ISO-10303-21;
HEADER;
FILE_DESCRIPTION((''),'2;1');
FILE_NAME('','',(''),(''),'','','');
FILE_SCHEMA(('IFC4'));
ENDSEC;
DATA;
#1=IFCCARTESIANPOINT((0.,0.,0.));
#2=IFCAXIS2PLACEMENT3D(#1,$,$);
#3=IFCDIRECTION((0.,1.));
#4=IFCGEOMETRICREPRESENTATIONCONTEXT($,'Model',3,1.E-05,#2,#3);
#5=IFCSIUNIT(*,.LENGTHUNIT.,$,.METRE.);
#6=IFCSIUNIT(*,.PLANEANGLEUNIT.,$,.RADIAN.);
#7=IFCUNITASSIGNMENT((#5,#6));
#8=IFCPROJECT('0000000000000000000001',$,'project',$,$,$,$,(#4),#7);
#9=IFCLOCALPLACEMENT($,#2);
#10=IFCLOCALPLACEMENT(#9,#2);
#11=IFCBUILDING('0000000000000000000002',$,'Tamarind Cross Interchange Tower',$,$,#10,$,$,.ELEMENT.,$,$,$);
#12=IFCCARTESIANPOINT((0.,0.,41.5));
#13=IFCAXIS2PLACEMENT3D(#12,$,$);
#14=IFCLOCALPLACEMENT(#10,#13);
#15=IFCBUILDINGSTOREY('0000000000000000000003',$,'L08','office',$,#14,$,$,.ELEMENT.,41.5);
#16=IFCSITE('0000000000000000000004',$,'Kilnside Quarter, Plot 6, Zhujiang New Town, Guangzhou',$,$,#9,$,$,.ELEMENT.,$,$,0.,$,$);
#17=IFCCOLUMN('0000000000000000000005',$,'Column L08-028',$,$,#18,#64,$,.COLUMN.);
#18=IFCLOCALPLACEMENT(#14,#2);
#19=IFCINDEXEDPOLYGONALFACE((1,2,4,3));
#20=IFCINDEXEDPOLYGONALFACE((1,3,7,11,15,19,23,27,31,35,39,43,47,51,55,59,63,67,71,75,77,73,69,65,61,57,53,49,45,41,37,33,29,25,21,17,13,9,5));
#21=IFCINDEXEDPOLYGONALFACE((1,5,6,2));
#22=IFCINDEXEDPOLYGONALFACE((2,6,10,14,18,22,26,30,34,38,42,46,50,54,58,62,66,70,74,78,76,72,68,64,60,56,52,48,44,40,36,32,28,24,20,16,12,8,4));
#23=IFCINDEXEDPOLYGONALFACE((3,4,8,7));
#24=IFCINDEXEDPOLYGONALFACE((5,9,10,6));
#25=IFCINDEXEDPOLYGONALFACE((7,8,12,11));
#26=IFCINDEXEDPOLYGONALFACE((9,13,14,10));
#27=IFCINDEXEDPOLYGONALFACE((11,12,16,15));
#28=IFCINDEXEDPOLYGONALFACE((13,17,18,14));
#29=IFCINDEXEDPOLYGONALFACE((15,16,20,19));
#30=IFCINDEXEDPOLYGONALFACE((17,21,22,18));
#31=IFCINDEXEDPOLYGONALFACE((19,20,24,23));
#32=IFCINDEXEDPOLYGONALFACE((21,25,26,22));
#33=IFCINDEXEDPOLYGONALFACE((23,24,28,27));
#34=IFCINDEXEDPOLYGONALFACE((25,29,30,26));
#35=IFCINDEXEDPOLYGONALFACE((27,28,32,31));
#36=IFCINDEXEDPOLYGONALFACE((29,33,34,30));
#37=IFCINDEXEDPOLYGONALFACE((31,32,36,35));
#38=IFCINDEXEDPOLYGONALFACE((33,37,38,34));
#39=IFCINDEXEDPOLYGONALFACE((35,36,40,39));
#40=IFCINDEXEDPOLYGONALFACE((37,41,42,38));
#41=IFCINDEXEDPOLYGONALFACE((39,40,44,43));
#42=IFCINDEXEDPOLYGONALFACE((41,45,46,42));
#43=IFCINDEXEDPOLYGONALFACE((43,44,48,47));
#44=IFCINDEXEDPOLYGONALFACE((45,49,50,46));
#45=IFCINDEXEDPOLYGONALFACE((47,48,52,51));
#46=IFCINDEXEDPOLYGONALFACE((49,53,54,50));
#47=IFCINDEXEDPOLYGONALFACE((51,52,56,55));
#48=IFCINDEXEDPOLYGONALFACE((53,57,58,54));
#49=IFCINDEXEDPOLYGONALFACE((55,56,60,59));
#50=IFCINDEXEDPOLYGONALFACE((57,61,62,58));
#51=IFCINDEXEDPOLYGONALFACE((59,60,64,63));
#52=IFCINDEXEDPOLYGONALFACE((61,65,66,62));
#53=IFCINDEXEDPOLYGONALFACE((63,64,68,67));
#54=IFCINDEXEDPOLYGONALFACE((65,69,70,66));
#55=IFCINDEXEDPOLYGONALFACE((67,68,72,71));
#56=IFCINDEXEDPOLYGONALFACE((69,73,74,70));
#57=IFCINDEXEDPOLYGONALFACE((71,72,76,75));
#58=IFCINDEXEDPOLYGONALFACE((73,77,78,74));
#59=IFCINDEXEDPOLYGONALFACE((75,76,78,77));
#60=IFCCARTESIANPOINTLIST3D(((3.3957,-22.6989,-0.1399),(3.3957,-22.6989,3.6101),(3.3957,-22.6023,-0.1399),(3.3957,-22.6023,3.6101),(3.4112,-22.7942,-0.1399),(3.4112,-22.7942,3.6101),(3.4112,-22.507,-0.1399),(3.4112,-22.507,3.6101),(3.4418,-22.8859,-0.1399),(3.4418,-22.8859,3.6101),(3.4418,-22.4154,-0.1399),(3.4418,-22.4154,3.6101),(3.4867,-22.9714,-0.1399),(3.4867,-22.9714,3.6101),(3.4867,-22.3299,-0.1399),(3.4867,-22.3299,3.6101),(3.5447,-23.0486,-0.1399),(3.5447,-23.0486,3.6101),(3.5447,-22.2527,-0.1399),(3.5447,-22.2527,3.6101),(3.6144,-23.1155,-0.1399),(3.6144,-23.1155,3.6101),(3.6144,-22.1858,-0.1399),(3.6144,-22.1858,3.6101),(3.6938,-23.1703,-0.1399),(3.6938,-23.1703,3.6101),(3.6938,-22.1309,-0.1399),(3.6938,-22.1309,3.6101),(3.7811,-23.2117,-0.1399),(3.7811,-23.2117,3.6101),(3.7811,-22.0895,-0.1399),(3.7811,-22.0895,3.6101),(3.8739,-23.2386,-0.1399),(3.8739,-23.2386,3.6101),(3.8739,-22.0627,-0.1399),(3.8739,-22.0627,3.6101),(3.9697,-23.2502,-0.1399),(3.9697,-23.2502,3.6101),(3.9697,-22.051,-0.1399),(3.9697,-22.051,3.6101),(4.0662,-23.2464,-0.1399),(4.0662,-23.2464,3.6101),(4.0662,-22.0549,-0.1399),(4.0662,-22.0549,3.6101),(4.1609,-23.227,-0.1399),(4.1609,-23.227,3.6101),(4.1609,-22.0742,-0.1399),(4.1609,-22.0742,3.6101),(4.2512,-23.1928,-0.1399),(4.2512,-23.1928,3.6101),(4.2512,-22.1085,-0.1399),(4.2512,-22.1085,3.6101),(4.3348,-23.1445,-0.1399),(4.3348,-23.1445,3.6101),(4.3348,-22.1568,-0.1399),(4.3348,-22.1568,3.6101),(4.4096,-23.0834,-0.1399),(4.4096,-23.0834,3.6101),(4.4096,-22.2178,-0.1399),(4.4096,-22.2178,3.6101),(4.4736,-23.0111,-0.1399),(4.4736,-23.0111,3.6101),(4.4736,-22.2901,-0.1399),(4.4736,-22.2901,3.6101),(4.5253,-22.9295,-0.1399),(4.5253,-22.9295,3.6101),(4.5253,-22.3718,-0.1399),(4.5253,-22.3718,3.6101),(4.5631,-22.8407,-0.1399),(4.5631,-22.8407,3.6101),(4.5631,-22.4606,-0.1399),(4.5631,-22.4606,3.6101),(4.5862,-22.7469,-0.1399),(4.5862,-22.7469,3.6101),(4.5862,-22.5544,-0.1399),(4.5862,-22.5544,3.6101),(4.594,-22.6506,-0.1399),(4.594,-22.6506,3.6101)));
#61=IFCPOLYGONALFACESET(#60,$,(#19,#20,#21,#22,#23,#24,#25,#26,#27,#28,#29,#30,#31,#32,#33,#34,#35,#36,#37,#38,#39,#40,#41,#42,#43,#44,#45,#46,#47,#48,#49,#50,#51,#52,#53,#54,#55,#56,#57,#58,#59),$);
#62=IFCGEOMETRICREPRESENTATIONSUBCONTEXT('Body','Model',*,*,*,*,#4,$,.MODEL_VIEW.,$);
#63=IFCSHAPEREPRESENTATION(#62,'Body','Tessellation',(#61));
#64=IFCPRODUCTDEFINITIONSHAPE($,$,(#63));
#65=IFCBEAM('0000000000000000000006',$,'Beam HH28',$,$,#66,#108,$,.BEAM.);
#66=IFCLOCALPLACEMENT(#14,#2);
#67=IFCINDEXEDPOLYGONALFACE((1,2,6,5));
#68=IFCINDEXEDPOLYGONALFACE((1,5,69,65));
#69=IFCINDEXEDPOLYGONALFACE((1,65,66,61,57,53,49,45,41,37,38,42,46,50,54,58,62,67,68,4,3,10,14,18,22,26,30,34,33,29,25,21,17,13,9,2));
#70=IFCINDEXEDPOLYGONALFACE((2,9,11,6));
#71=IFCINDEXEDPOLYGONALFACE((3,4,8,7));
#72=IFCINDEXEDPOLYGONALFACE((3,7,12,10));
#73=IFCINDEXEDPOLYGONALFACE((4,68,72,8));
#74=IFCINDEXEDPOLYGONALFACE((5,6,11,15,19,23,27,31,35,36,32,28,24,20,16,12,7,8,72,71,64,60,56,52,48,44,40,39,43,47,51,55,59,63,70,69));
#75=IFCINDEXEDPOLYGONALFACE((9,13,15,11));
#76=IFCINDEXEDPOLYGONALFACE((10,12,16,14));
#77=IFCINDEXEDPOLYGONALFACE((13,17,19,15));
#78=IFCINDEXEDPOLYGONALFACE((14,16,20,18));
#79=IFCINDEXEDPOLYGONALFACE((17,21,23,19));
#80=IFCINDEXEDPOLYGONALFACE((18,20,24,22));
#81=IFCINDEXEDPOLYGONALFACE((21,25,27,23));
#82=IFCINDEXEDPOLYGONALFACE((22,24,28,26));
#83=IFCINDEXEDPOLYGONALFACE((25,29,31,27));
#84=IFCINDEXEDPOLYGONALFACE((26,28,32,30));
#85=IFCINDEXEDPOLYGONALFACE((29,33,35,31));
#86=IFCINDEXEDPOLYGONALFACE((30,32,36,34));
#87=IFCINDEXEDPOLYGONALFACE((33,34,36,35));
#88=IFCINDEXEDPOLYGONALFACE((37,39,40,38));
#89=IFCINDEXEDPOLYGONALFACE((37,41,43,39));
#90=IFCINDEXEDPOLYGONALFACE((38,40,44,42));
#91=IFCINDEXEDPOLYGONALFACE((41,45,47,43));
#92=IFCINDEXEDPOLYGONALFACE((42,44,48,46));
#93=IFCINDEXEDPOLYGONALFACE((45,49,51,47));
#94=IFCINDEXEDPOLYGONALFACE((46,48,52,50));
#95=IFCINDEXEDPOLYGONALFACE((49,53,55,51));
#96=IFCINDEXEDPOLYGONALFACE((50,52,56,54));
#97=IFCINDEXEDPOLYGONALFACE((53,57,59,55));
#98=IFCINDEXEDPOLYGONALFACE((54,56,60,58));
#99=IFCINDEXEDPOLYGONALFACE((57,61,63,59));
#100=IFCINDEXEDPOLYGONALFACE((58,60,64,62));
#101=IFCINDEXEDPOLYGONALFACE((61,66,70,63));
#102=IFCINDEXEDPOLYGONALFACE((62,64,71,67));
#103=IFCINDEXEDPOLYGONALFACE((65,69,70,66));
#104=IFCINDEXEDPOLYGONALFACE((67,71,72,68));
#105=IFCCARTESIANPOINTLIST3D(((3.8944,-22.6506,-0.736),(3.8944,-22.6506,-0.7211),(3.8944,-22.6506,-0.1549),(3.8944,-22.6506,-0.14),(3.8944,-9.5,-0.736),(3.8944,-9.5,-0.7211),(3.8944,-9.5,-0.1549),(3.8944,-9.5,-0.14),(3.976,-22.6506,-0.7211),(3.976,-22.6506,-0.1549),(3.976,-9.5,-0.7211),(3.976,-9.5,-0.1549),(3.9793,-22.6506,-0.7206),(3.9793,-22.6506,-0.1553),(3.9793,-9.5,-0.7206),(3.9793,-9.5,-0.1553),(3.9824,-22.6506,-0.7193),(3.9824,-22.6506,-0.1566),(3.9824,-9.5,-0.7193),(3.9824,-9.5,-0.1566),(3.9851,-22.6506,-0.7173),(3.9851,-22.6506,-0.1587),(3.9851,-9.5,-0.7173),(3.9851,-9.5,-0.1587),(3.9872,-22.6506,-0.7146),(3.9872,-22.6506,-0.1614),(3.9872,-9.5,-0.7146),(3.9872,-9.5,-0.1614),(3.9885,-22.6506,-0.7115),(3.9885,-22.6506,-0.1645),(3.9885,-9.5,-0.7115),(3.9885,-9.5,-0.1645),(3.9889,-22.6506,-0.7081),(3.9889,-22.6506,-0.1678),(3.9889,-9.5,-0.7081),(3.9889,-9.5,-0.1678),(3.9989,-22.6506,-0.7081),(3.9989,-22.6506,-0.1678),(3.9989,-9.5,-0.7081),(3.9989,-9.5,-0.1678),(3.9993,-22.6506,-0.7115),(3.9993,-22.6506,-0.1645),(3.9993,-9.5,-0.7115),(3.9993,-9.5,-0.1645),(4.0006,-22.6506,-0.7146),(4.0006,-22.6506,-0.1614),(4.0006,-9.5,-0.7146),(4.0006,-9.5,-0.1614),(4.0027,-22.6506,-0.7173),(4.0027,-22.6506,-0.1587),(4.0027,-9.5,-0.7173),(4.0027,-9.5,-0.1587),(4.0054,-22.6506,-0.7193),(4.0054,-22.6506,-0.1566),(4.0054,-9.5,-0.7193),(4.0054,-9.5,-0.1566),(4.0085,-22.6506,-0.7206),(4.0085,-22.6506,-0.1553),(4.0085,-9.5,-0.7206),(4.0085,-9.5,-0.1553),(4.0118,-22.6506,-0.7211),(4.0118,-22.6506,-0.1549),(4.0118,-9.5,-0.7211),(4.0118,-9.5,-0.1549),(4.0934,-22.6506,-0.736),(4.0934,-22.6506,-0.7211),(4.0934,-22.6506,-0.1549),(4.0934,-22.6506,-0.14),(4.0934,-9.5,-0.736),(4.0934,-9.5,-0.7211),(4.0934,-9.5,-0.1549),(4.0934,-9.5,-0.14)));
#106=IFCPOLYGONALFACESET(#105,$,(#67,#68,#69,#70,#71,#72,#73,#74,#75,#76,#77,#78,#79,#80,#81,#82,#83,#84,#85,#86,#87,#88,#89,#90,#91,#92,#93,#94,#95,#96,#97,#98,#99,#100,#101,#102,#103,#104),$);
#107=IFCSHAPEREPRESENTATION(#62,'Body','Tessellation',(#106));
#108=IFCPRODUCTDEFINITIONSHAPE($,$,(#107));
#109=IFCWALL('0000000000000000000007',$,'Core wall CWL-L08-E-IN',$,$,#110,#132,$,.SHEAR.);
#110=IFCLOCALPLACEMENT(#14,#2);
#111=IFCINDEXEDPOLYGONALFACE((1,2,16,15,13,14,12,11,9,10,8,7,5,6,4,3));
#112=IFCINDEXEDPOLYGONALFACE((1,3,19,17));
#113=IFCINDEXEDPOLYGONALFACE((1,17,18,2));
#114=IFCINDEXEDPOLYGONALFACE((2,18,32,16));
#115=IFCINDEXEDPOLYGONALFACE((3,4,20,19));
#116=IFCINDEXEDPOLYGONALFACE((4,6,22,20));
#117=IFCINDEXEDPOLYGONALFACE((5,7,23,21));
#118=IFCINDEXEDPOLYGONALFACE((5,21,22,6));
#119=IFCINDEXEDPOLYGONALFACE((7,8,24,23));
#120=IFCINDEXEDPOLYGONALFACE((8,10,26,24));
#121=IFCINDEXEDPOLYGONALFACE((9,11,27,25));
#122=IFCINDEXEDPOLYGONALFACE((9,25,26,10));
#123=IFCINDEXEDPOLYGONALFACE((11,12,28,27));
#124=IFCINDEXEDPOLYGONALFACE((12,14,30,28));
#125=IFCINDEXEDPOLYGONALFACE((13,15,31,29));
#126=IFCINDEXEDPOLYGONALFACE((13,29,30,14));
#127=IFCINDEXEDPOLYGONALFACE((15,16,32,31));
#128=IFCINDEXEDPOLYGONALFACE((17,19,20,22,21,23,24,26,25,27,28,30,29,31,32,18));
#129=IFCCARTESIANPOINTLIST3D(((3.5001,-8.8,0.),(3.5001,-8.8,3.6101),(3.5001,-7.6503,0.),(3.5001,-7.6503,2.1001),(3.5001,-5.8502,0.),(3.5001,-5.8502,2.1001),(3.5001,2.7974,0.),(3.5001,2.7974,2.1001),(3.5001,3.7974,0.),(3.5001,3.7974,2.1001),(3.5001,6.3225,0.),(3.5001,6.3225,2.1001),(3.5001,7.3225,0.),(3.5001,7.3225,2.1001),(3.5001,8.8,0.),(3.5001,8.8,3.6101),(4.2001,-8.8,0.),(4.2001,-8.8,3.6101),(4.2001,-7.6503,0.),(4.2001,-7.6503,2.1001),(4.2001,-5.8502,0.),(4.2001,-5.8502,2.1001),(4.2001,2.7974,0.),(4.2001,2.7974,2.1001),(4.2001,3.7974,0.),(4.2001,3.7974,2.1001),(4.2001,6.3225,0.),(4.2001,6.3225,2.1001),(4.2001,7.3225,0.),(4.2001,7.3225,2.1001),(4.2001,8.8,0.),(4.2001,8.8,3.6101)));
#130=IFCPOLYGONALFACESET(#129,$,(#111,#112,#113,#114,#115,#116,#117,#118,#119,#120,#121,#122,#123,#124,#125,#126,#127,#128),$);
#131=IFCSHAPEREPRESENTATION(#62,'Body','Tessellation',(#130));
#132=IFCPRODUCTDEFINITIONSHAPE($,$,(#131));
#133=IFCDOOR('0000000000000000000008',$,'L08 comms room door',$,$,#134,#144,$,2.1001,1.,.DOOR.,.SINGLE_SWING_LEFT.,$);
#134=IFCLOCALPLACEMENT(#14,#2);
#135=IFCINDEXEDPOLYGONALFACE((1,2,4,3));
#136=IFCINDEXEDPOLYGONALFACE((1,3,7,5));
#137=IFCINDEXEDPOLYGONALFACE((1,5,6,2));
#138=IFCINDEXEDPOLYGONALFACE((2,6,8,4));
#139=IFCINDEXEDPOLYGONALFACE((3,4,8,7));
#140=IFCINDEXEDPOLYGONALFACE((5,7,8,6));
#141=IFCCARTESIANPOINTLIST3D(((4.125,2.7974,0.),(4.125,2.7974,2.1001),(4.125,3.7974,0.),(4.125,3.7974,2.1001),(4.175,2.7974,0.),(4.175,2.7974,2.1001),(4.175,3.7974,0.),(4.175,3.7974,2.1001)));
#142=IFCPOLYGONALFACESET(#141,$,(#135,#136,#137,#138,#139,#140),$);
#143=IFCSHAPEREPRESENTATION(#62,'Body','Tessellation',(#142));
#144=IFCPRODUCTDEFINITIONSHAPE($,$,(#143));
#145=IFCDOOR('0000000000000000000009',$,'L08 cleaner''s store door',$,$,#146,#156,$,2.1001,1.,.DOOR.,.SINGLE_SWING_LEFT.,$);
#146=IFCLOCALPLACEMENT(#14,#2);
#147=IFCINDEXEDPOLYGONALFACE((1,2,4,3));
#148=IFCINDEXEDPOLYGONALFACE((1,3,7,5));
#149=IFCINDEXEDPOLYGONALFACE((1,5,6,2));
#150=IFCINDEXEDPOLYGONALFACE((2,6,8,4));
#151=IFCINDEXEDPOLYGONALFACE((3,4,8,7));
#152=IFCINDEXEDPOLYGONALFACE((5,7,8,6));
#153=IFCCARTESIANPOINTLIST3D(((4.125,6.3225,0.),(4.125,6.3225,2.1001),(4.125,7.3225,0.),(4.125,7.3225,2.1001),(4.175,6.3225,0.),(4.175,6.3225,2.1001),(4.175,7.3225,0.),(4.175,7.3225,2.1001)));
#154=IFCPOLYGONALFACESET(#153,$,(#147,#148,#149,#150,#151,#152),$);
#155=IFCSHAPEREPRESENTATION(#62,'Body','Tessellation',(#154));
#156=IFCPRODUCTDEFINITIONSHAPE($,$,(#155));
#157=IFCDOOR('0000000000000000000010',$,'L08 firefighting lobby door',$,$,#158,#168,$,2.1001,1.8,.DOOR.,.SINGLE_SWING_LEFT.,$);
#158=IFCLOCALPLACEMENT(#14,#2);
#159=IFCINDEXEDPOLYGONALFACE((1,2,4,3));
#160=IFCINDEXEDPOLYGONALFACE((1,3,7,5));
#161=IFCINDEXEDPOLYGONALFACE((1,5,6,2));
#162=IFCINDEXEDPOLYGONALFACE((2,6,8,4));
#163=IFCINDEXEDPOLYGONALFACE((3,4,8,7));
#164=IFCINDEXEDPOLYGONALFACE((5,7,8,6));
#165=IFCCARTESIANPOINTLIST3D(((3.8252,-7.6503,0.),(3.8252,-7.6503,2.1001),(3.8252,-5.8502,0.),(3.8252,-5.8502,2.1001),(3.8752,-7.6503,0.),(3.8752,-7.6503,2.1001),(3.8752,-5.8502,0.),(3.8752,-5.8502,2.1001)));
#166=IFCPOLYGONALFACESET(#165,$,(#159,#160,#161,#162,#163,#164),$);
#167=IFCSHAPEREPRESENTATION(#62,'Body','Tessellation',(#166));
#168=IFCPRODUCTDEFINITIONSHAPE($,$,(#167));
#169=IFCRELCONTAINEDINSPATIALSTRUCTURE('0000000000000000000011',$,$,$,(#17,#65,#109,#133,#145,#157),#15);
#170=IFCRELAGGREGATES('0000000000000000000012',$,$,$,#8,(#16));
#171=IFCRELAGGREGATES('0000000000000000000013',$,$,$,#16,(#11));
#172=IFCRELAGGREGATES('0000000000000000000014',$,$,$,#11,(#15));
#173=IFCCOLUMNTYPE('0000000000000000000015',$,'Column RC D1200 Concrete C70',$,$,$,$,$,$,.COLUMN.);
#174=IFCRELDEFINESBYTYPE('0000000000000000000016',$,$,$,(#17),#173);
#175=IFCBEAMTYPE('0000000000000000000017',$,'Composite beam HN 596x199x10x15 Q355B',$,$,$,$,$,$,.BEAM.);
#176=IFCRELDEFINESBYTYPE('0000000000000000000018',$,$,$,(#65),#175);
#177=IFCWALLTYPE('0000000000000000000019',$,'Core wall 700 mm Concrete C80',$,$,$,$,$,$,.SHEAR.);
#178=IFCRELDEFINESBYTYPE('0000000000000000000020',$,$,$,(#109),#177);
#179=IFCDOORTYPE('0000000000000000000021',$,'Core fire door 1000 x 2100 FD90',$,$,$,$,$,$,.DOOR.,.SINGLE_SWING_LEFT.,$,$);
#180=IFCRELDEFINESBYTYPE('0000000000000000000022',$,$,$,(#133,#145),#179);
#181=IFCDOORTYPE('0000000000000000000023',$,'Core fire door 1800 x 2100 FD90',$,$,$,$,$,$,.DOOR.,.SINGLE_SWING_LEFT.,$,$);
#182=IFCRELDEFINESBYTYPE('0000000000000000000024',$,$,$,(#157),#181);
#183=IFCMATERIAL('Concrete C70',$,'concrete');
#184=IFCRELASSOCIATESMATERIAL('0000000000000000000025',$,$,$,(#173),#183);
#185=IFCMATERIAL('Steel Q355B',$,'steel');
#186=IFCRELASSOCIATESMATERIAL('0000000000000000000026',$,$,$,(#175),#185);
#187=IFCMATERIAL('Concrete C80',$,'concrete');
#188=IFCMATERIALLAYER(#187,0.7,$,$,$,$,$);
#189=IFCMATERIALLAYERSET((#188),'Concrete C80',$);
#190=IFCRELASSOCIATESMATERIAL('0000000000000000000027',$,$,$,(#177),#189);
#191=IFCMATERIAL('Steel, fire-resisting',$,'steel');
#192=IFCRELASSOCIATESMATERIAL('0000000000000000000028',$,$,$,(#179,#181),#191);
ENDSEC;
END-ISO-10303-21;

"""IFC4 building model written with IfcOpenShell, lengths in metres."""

from ifc_helpers import new_model, si_unit, direction, frame, frame_2d, origin, origin_2d, place, context, subcontext, project, spatial, rectangle, circle, i_section, extrude, material, layer, layer_set, material_profile, profile_set, type_object, element, fill, save


model = new_model("IFC4")

# Units and contexts
model_context = context("Model", 3, precision=1e-05, world=origin(), true_north=direction((0.0, 1.0)))
body_context = subcontext(model_context, "Body", "Model", "MODEL_VIEW")
ifc_project = project(units=[si_unit("LENGTHUNIT", "METRE"), si_unit("PLANEANGLEUNIT", "RADIAN")], contexts=[model_context])

# Site, building, storey
site_placement = place(None, origin())
site = spatial("IfcSite", under=ifc_project, at=site_placement, Name="Kilnside Quarter, Plot 6, Zhujiang New Town, Guangzhou", CompositionType="ELEMENT", RefElevation=0.0)
building_placement = place(site_placement, origin())
building = spatial("IfcBuilding", under=site, at=building_placement, Name="Tamarind Cross Interchange Tower", CompositionType="ELEMENT")
storey_placement = place(building_placement, frame((0.0, 0.0, 41.5)))
storey = spatial("IfcBuildingStorey", under=building, at=storey_placement, Name="L08", Description="office", CompositionType="ELEMENT", Elevation=41.5)

# Column
ifc_material_1 = material(Name="Concrete C70", Category="concrete")
ifc_material_profile_1 = material_profile(ifc_material_1, circle(Radius=0.6001, at=origin_2d()), Name="RC D1200")
ifc_profile_set_1 = profile_set([ifc_material_profile_1], Name="Concrete C70")
column_type = type_object("IfcColumnType", Name="Column RC D1200 Concrete C70", PredefinedType="COLUMN", material=ifc_profile_set_1)
column_placement = place(storey_placement, frame((3.9939, -22.6506, -0.1399), z_axis=(0.0, 0.0, 1.0), x_axis=(1.0, 0.0, 0.0)))
element("IfcColumn", 1, at=column_placement, inside=storey, type_object=column_type, Name="Column L08-028", PredefinedType="COLUMN", context=body_context, shape_type="SweptSolid", body=[
    extrude(circle(Radius=0.6001, at=origin_2d()), origin(), (0.0, 0.0, 1.0), 3.75),
])

# Beam
ifc_material_2 = material(Name="Steel Q355B", Category="steel")
ifc_material_profile_2 = material_profile(ifc_material_2, i_section(OverallWidth=0.199, OverallDepth=0.5959, WebThickness=0.01, FlangeThickness=0.0149, FilletRadius=0.0129, at=origin_2d()), Name="HN 596x199x10x15")
ifc_profile_set_2 = profile_set([ifc_material_profile_2], Name="Steel Q355B")
beam_type = type_object("IfcBeamType", Name="Composite beam HN 596x199x10x15 Q355B", PredefinedType="BEAM", material=ifc_profile_set_2)
beam_placement = place(storey_placement, frame((3.9939, -22.6506, -0.438), z_axis=(0.0, 1.0, 0.0), x_axis=(-1.0, 0.0, 0.0)))
element("IfcBeam", 2, at=beam_placement, inside=storey, type_object=beam_type, Name="Beam HH28", PredefinedType="BEAM", context=body_context, shape_type="SweptSolid", body=[
    extrude(i_section(OverallWidth=0.199, OverallDepth=0.5959, WebThickness=0.01, FlangeThickness=0.0149, FilletRadius=0.0129, at=origin_2d()), origin(), (0.0, 0.0, 1.0), 13.1506),
])

# Wall, openings, doors
ifc_material_3 = material(Name="Concrete C80", Category="concrete")
ifc_layer_1 = layer(ifc_material_3, 0.7)
ifc_layer_set_1 = layer_set([ifc_layer_1], Name="Concrete C80")
wall_type_1 = type_object("IfcWallType", Name="Core wall 700 mm Concrete C80", PredefinedType="SHEAR", material=ifc_layer_set_1)
wall_1_placement = place(storey_placement, frame((3.8501, -8.8, 0.0), z_axis=(0.0, 0.0, 1.0), x_axis=(0.0, 1.0, 0.0)))
wall_1 = element("IfcWall", 3, at=wall_1_placement, inside=storey, type_object=wall_type_1, Name="Core wall CWL-L08-E-IN", PredefinedType="SHEAR", context=body_context, shape_type="SweptSolid", body=[
    extrude(rectangle(XDim=17.6001, YDim=0.7, at=frame_2d((8.8, 0.0))), origin(), (0.0, 0.0, 1.0), 3.6101),
])
opening_1_placement = place(wall_1_placement, frame((1.1499, 0.0, 0.0)))
opening_1 = element("IfcOpeningElement", 4, at=opening_1_placement, cuts=wall_1, PredefinedType="OPENING", context=body_context, shape_type="SweptSolid", body=[
    extrude(rectangle(XDim=1.8, YDim=2.1001, at=frame_2d((0.8999, 1.05))), frame((0.0, 0.3599, 0.0), z_axis=(0.0, -1.0, 0.0), x_axis=(1.0, 0.0, 0.0)), (0.0, 0.0, 1.0), 0.72),
])
opening_2_placement = place(wall_1_placement, frame((11.5974, 0.0, 0.0)))
opening_2 = element("IfcOpeningElement", 5, at=opening_2_placement, cuts=wall_1, PredefinedType="OPENING", context=body_context, shape_type="SweptSolid", body=[
    extrude(rectangle(XDim=1.0, YDim=2.1001, at=frame_2d((0.5, 1.05))), frame((0.0, 0.3599, 0.0), z_axis=(0.0, -1.0, 0.0), x_axis=(1.0, 0.0, 0.0)), (0.0, 0.0, 1.0), 0.72),
])
opening_3_placement = place(wall_1_placement, frame((15.1226, 0.0, 0.0)))
opening_3 = element("IfcOpeningElement", 6, at=opening_3_placement, cuts=wall_1, PredefinedType="OPENING", context=body_context, shape_type="SweptSolid", body=[
    extrude(rectangle(XDim=1.0, YDim=2.1001, at=frame_2d((0.5, 1.05))), frame((0.0, 0.3599, 0.0), z_axis=(0.0, -1.0, 0.0), x_axis=(1.0, 0.0, 0.0)), (0.0, 0.0, 1.0), 0.72),
])
ifc_material_4 = material(Name="Steel, fire-resisting", Category="steel")
door_type_1 = type_object("IfcDoorType", Name="Core fire door 1000 x 2100 FD90", OperationType="SINGLE_SWING_LEFT", PredefinedType="DOOR", material=ifc_material_4)
door_1_placement = place(opening_2_placement, origin())
door_1 = element("IfcDoor", 7, at=door_1_placement, inside=storey, type_object=door_type_1, Name="L08 comms room door", OperationType="SINGLE_SWING_LEFT", OverallHeight=2.1001, OverallWidth=1.0, PredefinedType="DOOR", context=body_context, shape_type="SweptSolid", body=[
    extrude(rectangle(XDim=1.0, YDim=2.1001, at=frame_2d((0.5, 1.05))), frame((0.0, -0.2749, 0.0), z_axis=(0.0, -1.0, 0.0), x_axis=(1.0, 0.0, 0.0)), (0.0, 0.0, 1.0), 0.05),
])
fill(opening_2, door_1)
door_2_placement = place(opening_3_placement, origin())
door_2 = element("IfcDoor", 8, at=door_2_placement, inside=storey, type_object=door_type_1, Name="L08 cleaner's store door", OperationType="SINGLE_SWING_LEFT", OverallHeight=2.1001, OverallWidth=1.0, PredefinedType="DOOR", context=body_context, shape_type="SweptSolid", body=[
    extrude(rectangle(XDim=1.0, YDim=2.1001, at=frame_2d((0.5, 1.05))), frame((0.0, -0.2749, 0.0), z_axis=(0.0, -1.0, 0.0), x_axis=(1.0, 0.0, 0.0)), (0.0, 0.0, 1.0), 0.05),
])
fill(opening_3, door_2)
door_type_2 = type_object("IfcDoorType", Name="Core fire door 1800 x 2100 FD90", OperationType="SINGLE_SWING_LEFT", PredefinedType="DOOR", material=ifc_material_4)
door_3_placement = place(opening_1_placement, origin())
door_3 = element("IfcDoor", 9, at=door_3_placement, inside=storey, type_object=door_type_2, Name="L08 firefighting lobby door", OperationType="SINGLE_SWING_LEFT", OverallHeight=2.1001, OverallWidth=1.8, PredefinedType="DOOR", context=body_context, shape_type="SweptSolid", body=[
    extrude(rectangle(XDim=1.8, YDim=2.1001, at=frame_2d((0.8999, 1.05))), frame((0.0, 0.0249, 0.0), z_axis=(0.0, -1.0, 0.0), x_axis=(1.0, 0.0, 0.0)), (0.0, 0.0, 1.0), 0.05),
])
fill(opening_1, door_3)

save(model, "model.ifc")
